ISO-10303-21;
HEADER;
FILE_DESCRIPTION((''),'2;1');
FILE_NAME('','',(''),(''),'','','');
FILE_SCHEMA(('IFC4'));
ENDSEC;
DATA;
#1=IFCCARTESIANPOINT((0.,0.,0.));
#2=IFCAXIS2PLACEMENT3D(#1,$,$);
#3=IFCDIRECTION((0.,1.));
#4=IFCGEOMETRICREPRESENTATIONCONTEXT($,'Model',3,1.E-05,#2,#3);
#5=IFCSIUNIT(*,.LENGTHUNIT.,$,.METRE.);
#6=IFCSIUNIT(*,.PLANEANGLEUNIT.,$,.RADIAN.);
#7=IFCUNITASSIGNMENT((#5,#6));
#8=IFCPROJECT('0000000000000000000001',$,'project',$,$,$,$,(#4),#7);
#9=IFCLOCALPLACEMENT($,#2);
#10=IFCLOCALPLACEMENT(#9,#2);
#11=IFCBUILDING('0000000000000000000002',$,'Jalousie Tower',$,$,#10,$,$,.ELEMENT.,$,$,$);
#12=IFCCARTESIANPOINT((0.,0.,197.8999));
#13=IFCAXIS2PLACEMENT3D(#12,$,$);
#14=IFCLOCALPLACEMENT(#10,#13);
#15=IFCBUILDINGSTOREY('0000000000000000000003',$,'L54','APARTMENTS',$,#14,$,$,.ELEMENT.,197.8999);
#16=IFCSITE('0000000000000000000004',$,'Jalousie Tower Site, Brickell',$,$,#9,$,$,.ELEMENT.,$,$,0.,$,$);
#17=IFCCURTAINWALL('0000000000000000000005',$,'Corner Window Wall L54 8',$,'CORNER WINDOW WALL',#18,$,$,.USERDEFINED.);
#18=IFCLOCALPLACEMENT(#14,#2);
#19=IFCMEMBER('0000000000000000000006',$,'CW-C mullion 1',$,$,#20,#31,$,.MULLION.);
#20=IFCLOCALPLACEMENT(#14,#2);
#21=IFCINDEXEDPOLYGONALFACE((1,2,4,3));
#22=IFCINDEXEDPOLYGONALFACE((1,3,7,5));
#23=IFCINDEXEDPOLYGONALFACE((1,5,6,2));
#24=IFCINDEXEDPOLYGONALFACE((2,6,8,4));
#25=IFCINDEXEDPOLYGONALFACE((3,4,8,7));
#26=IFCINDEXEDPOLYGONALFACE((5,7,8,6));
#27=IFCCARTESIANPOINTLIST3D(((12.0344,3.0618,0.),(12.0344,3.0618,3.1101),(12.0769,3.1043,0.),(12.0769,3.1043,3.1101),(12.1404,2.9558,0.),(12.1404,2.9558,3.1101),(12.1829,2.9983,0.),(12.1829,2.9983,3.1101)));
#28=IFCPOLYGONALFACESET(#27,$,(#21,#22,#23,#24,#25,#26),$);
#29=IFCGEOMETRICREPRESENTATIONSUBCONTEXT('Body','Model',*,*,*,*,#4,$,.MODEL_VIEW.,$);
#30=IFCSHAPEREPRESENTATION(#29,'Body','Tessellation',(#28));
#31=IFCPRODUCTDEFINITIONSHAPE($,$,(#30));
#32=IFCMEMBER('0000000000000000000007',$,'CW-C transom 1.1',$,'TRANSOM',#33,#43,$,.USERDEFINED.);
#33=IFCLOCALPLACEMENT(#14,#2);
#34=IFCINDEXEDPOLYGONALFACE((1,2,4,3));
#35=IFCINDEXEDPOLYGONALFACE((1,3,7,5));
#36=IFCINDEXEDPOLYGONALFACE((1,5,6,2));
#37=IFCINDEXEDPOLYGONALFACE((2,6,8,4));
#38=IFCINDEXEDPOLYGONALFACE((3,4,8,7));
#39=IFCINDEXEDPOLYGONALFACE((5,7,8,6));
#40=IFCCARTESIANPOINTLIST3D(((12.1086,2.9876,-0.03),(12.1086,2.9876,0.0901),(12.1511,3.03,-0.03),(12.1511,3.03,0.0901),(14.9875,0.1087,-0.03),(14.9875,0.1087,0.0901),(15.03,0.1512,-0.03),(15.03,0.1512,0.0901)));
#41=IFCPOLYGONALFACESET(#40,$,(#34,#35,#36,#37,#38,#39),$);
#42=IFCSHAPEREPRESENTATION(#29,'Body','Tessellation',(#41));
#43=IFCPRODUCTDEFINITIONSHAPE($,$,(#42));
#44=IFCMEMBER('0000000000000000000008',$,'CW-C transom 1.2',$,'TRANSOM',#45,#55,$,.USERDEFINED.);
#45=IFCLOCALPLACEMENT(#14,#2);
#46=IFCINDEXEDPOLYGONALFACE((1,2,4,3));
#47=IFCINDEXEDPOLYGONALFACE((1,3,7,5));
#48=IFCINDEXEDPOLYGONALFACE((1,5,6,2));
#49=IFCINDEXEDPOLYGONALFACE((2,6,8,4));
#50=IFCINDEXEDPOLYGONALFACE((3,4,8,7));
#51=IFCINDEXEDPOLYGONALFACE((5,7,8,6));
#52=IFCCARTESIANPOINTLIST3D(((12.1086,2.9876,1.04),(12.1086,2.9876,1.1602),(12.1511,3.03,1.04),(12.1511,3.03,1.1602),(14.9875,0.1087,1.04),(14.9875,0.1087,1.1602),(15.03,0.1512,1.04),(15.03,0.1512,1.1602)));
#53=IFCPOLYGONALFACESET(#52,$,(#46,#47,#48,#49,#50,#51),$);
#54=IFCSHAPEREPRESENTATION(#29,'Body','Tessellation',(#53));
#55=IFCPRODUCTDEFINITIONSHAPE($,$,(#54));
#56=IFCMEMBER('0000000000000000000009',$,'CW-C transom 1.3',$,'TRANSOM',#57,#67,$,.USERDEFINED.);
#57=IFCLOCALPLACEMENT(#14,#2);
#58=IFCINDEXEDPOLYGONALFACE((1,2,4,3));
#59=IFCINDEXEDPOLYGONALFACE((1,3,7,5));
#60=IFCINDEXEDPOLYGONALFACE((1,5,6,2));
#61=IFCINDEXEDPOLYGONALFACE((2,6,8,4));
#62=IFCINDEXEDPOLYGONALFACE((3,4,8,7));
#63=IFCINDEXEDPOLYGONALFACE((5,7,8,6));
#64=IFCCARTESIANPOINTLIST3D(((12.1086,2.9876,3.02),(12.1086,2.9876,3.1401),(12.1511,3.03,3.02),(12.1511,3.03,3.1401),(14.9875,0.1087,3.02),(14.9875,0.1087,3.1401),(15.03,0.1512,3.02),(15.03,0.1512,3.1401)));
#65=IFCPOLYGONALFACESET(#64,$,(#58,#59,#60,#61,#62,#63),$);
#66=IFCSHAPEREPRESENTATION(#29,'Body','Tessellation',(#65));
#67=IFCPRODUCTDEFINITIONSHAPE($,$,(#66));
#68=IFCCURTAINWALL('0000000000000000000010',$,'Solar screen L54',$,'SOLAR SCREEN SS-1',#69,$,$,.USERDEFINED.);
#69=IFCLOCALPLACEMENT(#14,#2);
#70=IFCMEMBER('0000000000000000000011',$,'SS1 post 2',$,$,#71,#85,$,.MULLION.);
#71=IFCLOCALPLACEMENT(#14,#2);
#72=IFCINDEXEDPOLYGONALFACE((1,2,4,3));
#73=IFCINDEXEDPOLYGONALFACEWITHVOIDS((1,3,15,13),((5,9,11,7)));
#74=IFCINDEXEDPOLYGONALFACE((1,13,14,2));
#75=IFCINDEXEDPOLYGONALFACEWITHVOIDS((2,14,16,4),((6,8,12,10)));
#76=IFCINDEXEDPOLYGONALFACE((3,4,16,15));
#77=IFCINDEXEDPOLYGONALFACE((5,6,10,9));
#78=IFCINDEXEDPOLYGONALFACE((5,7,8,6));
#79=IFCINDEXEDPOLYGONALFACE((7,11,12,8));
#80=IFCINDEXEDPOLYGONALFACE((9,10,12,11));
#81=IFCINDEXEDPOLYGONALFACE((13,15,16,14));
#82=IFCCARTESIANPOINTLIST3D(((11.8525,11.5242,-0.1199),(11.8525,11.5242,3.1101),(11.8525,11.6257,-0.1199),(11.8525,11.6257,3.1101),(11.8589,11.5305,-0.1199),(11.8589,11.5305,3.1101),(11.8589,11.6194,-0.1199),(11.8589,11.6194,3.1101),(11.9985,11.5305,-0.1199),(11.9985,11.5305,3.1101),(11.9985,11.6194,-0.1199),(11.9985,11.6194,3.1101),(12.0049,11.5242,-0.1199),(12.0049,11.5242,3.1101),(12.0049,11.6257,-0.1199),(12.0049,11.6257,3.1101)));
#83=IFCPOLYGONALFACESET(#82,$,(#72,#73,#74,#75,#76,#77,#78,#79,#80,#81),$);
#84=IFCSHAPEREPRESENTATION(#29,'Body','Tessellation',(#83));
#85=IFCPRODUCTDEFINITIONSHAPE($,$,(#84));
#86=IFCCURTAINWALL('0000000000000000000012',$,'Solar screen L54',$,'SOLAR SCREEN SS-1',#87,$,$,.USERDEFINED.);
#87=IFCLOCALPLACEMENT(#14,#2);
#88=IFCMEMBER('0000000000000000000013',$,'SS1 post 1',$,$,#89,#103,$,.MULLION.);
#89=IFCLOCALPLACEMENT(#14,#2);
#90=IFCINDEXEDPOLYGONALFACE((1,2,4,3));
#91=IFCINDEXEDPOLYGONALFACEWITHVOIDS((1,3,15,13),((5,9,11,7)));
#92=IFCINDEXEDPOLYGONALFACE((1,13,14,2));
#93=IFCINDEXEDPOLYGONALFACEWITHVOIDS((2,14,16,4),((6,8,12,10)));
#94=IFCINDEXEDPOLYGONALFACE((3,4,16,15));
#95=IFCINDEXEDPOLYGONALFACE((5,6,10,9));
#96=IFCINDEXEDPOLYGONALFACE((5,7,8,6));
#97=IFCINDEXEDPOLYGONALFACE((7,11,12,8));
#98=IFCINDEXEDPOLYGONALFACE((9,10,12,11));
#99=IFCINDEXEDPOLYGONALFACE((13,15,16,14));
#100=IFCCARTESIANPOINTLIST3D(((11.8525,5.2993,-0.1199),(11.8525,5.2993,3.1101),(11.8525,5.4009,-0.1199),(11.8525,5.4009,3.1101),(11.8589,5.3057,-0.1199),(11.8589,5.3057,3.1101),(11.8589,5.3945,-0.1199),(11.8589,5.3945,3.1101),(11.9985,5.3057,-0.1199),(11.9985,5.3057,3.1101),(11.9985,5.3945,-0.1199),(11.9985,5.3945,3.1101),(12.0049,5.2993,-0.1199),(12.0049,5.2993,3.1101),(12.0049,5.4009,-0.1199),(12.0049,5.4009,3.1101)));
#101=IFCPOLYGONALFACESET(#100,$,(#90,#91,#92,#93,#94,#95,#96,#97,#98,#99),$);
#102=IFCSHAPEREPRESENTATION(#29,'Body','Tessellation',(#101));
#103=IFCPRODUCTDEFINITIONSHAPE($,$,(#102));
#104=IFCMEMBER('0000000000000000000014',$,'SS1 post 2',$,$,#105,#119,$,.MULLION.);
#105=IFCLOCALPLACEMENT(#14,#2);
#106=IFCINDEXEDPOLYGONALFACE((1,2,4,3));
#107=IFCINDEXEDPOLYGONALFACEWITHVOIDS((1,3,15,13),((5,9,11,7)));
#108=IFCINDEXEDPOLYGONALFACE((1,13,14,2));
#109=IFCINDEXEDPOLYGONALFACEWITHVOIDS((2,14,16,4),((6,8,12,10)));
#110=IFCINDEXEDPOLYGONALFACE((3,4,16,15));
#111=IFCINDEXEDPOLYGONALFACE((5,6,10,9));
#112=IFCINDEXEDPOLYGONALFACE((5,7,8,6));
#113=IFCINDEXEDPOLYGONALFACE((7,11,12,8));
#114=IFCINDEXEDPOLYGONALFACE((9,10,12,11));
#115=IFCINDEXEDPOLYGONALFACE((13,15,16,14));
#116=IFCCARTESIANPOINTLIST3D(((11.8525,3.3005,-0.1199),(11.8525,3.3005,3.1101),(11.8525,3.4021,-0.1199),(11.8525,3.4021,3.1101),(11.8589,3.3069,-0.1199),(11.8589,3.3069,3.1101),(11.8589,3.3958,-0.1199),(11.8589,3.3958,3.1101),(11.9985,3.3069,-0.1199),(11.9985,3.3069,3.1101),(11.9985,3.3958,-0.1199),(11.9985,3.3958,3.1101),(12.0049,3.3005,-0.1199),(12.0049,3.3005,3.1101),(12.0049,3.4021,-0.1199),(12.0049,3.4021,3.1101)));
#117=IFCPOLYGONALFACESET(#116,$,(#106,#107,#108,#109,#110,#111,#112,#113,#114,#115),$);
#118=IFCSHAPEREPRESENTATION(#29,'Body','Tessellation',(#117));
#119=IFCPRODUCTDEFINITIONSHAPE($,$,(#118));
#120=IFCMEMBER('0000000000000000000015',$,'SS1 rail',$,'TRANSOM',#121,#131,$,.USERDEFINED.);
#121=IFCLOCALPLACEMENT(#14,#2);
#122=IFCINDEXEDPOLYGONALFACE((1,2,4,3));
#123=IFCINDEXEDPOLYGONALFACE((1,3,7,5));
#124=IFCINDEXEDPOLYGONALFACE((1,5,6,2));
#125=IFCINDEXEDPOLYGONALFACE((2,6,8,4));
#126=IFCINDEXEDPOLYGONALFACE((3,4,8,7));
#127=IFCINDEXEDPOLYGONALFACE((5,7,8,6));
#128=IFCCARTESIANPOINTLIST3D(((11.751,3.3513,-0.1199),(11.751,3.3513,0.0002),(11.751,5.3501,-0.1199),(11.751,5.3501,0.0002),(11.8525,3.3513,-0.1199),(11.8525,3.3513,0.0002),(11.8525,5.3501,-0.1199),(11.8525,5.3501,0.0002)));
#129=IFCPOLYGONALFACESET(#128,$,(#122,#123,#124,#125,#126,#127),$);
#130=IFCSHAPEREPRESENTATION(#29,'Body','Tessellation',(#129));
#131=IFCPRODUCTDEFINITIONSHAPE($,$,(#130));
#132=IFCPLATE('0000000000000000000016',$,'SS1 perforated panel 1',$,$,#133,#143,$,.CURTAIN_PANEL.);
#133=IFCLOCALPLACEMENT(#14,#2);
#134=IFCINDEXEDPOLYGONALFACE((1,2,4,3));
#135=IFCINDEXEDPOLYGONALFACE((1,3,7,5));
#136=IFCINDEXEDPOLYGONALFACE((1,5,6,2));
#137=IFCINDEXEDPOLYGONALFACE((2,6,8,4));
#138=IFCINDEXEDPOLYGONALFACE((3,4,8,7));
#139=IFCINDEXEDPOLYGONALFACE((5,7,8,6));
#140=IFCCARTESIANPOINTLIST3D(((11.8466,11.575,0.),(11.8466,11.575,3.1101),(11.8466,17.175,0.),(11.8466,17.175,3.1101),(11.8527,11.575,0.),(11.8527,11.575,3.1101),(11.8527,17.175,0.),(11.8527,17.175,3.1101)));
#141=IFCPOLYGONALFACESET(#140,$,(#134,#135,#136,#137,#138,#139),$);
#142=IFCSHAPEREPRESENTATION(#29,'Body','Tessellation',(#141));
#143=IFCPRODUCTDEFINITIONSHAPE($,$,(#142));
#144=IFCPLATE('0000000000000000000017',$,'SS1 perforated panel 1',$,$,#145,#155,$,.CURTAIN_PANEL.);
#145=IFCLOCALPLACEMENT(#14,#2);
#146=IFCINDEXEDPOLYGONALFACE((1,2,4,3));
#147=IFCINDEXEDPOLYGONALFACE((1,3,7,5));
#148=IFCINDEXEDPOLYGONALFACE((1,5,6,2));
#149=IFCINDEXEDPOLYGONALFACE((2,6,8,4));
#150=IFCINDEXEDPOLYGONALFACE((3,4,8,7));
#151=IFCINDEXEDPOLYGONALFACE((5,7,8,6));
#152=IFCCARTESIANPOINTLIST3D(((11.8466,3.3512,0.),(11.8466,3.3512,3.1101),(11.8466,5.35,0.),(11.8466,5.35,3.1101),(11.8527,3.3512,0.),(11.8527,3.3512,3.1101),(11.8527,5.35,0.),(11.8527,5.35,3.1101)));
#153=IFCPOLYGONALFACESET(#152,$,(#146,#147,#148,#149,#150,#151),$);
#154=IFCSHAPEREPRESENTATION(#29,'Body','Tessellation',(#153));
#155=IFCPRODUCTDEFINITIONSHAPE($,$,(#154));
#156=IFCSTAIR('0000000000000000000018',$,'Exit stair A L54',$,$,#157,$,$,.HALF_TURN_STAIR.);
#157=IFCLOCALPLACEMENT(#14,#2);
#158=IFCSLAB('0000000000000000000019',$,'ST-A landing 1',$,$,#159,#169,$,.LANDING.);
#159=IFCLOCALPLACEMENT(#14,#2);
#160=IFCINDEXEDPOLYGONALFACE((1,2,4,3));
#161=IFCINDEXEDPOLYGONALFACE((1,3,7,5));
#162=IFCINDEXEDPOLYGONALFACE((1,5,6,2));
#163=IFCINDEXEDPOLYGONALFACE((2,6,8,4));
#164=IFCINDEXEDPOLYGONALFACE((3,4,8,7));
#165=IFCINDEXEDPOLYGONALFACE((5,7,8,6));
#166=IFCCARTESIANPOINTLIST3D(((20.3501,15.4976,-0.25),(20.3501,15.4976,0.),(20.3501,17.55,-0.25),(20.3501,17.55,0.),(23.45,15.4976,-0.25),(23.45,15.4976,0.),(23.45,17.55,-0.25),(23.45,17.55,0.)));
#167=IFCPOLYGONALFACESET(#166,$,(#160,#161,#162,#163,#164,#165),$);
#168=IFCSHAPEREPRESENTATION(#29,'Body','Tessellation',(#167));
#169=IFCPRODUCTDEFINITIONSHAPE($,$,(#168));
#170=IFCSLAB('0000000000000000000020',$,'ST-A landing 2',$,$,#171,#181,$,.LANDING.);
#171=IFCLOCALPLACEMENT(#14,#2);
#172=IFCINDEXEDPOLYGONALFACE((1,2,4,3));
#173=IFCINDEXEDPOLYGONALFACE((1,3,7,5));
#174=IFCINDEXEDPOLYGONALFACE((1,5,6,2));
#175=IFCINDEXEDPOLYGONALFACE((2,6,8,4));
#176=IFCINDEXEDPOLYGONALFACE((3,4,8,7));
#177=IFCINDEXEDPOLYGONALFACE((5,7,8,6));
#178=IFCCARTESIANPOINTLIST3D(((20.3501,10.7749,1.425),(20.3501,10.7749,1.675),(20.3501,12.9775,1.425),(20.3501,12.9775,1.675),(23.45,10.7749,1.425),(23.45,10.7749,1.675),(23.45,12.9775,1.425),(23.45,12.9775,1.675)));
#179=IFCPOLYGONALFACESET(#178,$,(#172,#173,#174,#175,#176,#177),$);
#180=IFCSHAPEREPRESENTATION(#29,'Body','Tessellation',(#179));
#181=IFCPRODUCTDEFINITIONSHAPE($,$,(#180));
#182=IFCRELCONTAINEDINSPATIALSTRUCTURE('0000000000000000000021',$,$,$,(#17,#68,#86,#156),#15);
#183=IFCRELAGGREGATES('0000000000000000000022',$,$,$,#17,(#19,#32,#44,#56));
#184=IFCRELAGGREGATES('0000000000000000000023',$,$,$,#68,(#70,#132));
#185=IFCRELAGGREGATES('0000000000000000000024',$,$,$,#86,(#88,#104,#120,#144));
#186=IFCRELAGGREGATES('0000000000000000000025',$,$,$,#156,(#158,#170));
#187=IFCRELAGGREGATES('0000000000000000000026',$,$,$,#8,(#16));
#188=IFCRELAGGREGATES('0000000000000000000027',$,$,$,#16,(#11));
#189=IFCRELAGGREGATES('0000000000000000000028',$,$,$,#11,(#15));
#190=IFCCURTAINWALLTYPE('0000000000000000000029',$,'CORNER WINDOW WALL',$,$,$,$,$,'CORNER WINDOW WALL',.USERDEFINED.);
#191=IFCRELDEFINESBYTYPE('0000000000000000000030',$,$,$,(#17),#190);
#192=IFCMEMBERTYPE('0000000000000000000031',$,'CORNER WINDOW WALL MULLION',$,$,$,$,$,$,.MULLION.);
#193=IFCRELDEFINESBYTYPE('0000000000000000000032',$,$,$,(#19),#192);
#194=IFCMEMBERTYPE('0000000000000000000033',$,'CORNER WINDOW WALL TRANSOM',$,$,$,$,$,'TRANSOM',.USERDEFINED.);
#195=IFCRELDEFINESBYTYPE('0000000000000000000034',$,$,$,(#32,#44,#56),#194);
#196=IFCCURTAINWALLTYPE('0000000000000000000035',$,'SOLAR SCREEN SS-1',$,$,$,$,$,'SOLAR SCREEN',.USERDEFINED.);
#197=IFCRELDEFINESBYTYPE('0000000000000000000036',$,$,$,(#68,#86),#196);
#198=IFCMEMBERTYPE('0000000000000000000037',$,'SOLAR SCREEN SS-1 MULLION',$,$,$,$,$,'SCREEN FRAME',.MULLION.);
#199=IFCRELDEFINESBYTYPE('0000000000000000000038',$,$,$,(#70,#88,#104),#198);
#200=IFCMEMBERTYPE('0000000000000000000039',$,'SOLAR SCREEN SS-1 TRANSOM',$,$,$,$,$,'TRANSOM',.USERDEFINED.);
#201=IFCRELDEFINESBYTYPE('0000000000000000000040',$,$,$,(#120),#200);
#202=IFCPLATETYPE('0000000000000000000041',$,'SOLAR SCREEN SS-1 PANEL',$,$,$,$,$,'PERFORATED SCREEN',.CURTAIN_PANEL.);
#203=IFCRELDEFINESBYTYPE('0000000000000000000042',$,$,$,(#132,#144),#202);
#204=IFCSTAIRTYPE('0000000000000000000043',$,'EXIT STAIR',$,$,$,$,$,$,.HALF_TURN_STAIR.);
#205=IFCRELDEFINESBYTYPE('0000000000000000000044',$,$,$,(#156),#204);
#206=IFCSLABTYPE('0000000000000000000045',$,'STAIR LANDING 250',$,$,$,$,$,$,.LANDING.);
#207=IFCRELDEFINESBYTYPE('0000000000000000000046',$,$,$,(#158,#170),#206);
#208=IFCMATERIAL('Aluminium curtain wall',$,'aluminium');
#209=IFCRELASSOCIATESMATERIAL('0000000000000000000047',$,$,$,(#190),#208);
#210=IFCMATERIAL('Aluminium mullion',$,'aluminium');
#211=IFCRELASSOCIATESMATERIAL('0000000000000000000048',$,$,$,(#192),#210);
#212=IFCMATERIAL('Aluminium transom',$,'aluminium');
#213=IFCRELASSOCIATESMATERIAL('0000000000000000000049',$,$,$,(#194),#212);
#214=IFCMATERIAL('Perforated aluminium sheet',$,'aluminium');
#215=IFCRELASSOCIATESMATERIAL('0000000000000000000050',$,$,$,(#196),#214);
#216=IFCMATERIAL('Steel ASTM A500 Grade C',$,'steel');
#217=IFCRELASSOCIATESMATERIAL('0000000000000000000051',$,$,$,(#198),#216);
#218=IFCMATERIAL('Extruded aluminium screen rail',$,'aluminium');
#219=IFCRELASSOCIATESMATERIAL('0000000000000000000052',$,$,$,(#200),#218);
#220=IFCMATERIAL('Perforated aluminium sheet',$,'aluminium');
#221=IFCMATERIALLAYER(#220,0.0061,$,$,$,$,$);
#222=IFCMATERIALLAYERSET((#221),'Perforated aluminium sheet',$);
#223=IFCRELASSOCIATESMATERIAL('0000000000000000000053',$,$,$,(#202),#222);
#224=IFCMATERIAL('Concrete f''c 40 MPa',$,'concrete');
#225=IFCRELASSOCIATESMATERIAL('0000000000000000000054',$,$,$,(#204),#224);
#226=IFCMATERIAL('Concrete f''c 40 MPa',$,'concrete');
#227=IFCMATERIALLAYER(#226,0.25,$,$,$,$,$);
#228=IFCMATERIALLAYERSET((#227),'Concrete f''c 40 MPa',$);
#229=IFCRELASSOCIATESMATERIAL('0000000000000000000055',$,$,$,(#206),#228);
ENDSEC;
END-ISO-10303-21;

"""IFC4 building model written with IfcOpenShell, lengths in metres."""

from ifc_helpers import new_model, si_unit, direction, frame, origin, origin_2d, place, context, subcontext, project, spatial, polyline, rectangle, hollow_rectangle, outline, extrude, material, layer, layer_set, material_profile, profile_set, type_object, element, aggregate, save


model = new_model("IFC4")

# Units and contexts
model_context = context("Model", 3, precision=1e-05, world=origin(), true_north=direction((0.0, 1.0)))
body_context = subcontext(model_context, "Body", "Model", "MODEL_VIEW")
ifc_project = project(units=[si_unit("LENGTHUNIT", "METRE"), si_unit("PLANEANGLEUNIT", "RADIAN")], contexts=[model_context])

# Site, building, storey
site_placement = place(None, origin())
site = spatial("IfcSite", under=ifc_project, at=site_placement, Name="Jalousie Tower Site, Brickell", CompositionType="ELEMENT", RefElevation=0.0)
building_placement = place(site_placement, origin())
building = spatial("IfcBuilding", under=site, at=building_placement, Name="Jalousie Tower", CompositionType="ELEMENT")
storey_placement = place(building_placement, frame((0.0, 0.0, 197.8999)))
storey = spatial("IfcBuildingStorey", under=building, at=storey_placement, Name="L54", Description="APARTMENTS", CompositionType="ELEMENT", Elevation=197.8999)

# Curtain wall, members
ifc_material_1 = material(Name="Aluminium curtain wall", Category="aluminium")
curtain_wall_type_1 = type_object("IfcCurtainWallType", Name="CORNER WINDOW WALL", ElementType="CORNER WINDOW WALL", PredefinedType="USERDEFINED", material=ifc_material_1)
curtain_wall_1_placement = place(storey_placement, origin())
curtain_wall_1 = element("IfcCurtainWall", 1, at=curtain_wall_1_placement, inside=storey, type_object=curtain_wall_type_1, Name="Corner Window Wall L54 8", ObjectType="CORNER WINDOW WALL", PredefinedType="USERDEFINED")
ifc_material_2 = material(Name="Aluminium mullion", Category="aluminium")
ifc_material_profile_1 = material_profile(ifc_material_2, rectangle(XDim=0.0601, YDim=0.1499, at=origin_2d()), Name="MULLION 60x150")
ifc_profile_set_1 = profile_set([ifc_material_profile_1], Name="Aluminium mullion")
member_type_1 = type_object("IfcMemberType", Name="CORNER WINDOW WALL MULLION", PredefinedType="MULLION", material=ifc_profile_set_1)
member_1_placement = place(storey_placement, frame((12.1086, 3.03, 0.0), z_axis=(0.0, 0.0, 1.0), x_axis=(0.707107, 0.707107, 0.0)))
member_1 = element("IfcMember", 2, at=member_1_placement, type_object=member_type_1, Name="CW-C mullion 1", PredefinedType="MULLION", context=body_context, shape_type="SweptSolid", body=[
    extrude(rectangle(XDim=0.0601, YDim=0.1499, at=origin_2d()), origin(), (0.0, 0.0, 1.0), 3.1101),
])
ifc_material_3 = material(Name="Aluminium transom", Category="aluminium")
ifc_material_profile_2 = material_profile(ifc_material_3, rectangle(XDim=0.0601, YDim=0.1201, at=origin_2d()), Name="TRANSOM 60x120")
ifc_profile_set_2 = profile_set([ifc_material_profile_2], Name="Aluminium transom")
member_type_2 = type_object("IfcMemberType", Name="CORNER WINDOW WALL TRANSOM", ElementType="TRANSOM", PredefinedType="USERDEFINED", material=ifc_profile_set_2)
member_2_placement = place(storey_placement, frame((12.1299, 3.0088, 0.03), z_axis=(0.707107, -0.707107, 0.0), x_axis=(0.707107, 0.707107, 0.0)))
member_2 = element("IfcMember", 3, at=member_2_placement, type_object=member_type_2, Name="CW-C transom 1.1", ObjectType="TRANSOM", PredefinedType="USERDEFINED", context=body_context, shape_type="SweptSolid", body=[
    extrude(rectangle(XDim=0.0601, YDim=0.1201, at=origin_2d()), origin(), (0.0, 0.0, 1.0), 4.0713),
])
member_3_placement = place(storey_placement, frame((12.1299, 3.0088, 1.1001), z_axis=(0.707107, -0.707107, 0.0), x_axis=(0.707107, 0.707107, 0.0)))
member_3 = element("IfcMember", 4, at=member_3_placement, type_object=member_type_2, Name="CW-C transom 1.2", ObjectType="TRANSOM", PredefinedType="USERDEFINED", context=body_context, shape_type="SweptSolid", body=[
    extrude(rectangle(XDim=0.0601, YDim=0.1201, at=origin_2d()), origin(), (0.0, 0.0, 1.0), 4.0713),
])
member_4_placement = place(storey_placement, frame((12.1299, 3.0088, 3.0801), z_axis=(0.707107, -0.707107, 0.0), x_axis=(0.707107, 0.707107, 0.0)))
member_4 = element("IfcMember", 5, at=member_4_placement, type_object=member_type_2, Name="CW-C transom 1.3", ObjectType="TRANSOM", PredefinedType="USERDEFINED", context=body_context, shape_type="SweptSolid", body=[
    extrude(rectangle(XDim=0.0601, YDim=0.1201, at=origin_2d()), origin(), (0.0, 0.0, 1.0), 4.0713),
])
aggregate(curtain_wall_1, [member_1, member_2, member_3, member_4])

# Curtain wall, member
ifc_material_4 = material(Name="Perforated aluminium sheet", Category="aluminium")
curtain_wall_type_2 = type_object("IfcCurtainWallType", Name="SOLAR SCREEN SS-1", ElementType="SOLAR SCREEN", PredefinedType="USERDEFINED", material=ifc_material_4)
curtain_wall_2_placement = place(storey_placement, origin())
curtain_wall_2 = element("IfcCurtainWall", 6, at=curtain_wall_2_placement, inside=storey, type_object=curtain_wall_type_2, Name="Solar screen L54", ObjectType="SOLAR SCREEN SS-1", PredefinedType="USERDEFINED")
ifc_material_5 = material(Name="Steel ASTM A500 Grade C", Category="steel")
ifc_material_profile_3 = material_profile(ifc_material_5, hollow_rectangle(XDim=0.1016, YDim=0.1523, WallThickness=0.0063, at=origin_2d()), Name="HSS6X4X1/4")
ifc_profile_set_3 = profile_set([ifc_material_profile_3], Name="Steel ASTM A500 Grade C")
member_type_3 = type_object("IfcMemberType", Name="SOLAR SCREEN SS-1 MULLION", ElementType="SCREEN FRAME", PredefinedType="MULLION", material=ifc_profile_set_3)
member_5_placement = place(storey_placement, frame((11.9287, 11.575, -0.1199), z_axis=(0.0, 0.0, 1.0), x_axis=(0.0, -1.0, 0.0)))
member_5 = element("IfcMember", 7, at=member_5_placement, type_object=member_type_3, Name="SS1 post 2", PredefinedType="MULLION", context=body_context, shape_type="SweptSolid", body=[
    extrude(hollow_rectangle(XDim=0.1016, YDim=0.1523, WallThickness=0.0063, at=origin_2d()), origin(), (0.0, 0.0, 1.0), 3.23),
])

# Curtain wall, members
curtain_wall_3_placement = place(storey_placement, origin())
curtain_wall_3 = element("IfcCurtainWall", 8, at=curtain_wall_3_placement, inside=storey, type_object=curtain_wall_type_2, Name="Solar screen L54", ObjectType="SOLAR SCREEN SS-1", PredefinedType="USERDEFINED")
member_6_placement = place(storey_placement, frame((11.9287, 5.3501, -0.1199), z_axis=(0.0, 0.0, 1.0), x_axis=(0.0, -1.0, 0.0)))
member_6 = element("IfcMember", 9, at=member_6_placement, type_object=member_type_3, Name="SS1 post 1", PredefinedType="MULLION", context=body_context, shape_type="SweptSolid", body=[
    extrude(hollow_rectangle(XDim=0.1016, YDim=0.1523, WallThickness=0.0063, at=origin_2d()), origin(), (0.0, 0.0, 1.0), 3.23),
])
member_7_placement = place(storey_placement, frame((11.9287, 3.3513, -0.1199), z_axis=(0.0, 0.0, 1.0), x_axis=(0.0, -1.0, 0.0)))
member_7 = element("IfcMember", 10, at=member_7_placement, type_object=member_type_3, Name="SS1 post 2", PredefinedType="MULLION", context=body_context, shape_type="SweptSolid", body=[
    extrude(hollow_rectangle(XDim=0.1016, YDim=0.1523, WallThickness=0.0063, at=origin_2d()), origin(), (0.0, 0.0, 1.0), 3.23),
])
ifc_material_6 = material(Name="Extruded aluminium screen rail", Category="aluminium")
ifc_material_profile_4 = material_profile(ifc_material_6, rectangle(XDim=0.1016, YDim=0.1201, at=origin_2d()), Name="RAIL 102x120")
ifc_profile_set_4 = profile_set([ifc_material_profile_4], Name="Extruded aluminium screen rail")
member_type_4 = type_object("IfcMemberType", Name="SOLAR SCREEN SS-1 TRANSOM", ElementType="TRANSOM", PredefinedType="USERDEFINED", material=ifc_profile_set_4)
member_8_placement = place(storey_placement, frame((11.8018, 5.3501, -0.0598), z_axis=(0.0, -1.0, 0.0), x_axis=(1.0, 0.0, 0.0)))
member_8 = element("IfcMember", 11, at=member_8_placement, type_object=member_type_4, Name="SS1 rail", ObjectType="TRANSOM", PredefinedType="USERDEFINED", context=body_context, shape_type="SweptSolid", body=[
    extrude(rectangle(XDim=0.1016, YDim=0.1201, at=origin_2d()), origin(), (0.0, 0.0, 1.0), 1.9988),
])

# Plates
ifc_material_7 = material(Name="Perforated aluminium sheet", Category="aluminium")
ifc_layer_1 = layer(ifc_material_7, 0.0061)
ifc_layer_set_1 = layer_set([ifc_layer_1], Name="Perforated aluminium sheet")
plate_type = type_object("IfcPlateType", Name="SOLAR SCREEN SS-1 PANEL", ElementType="PERFORATED SCREEN", PredefinedType="CURTAIN_PANEL", material=ifc_layer_set_1)
plate_1_placement = place(storey_placement, frame((11.8496, 14.375, 0.0), z_axis=(0.0, 0.0, 1.0), x_axis=(0.0, -1.0, 0.0)))
plate_1 = element("IfcPlate", 12, at=plate_1_placement, type_object=plate_type, Name="SS1 perforated panel 1", PredefinedType="CURTAIN_PANEL", context=body_context, shape_type="SweptSolid", body=[
    extrude(rectangle(XDim=5.6001, YDim=0.0061, at=origin_2d()), origin(), (0.0, 0.0, 1.0), 3.1101),
])
aggregate(curtain_wall_2, [member_5, plate_1])
plate_2_placement = place(storey_placement, frame((11.8496, 4.3506, 0.0), z_axis=(0.0, 0.0, 1.0), x_axis=(0.0, -1.0, 0.0)))
plate_2 = element("IfcPlate", 13, at=plate_2_placement, type_object=plate_type, Name="SS1 perforated panel 1", PredefinedType="CURTAIN_PANEL", context=body_context, shape_type="SweptSolid", body=[
    extrude(rectangle(XDim=1.9988, YDim=0.0061, at=origin_2d()), origin(), (0.0, 0.0, 1.0), 3.1101),
])
aggregate(curtain_wall_3, [member_6, member_7, member_8, plate_2])

# Stair, slabs
ifc_material_8 = material(Name="Concrete f'c 40 MPa", Category="concrete")
stair_type = type_object("IfcStairType", Name="EXIT STAIR", PredefinedType="HALF_TURN_STAIR", material=ifc_material_8)
stair_1_placement = place(storey_placement, origin())
stair_1 = element("IfcStair", 14, at=stair_1_placement, inside=storey, type_object=stair_type, Name="Exit stair A L54", PredefinedType="HALF_TURN_STAIR")
ifc_material_9 = material(Name="Concrete f'c 40 MPa", Category="concrete")
ifc_layer_2 = layer(ifc_material_9, 0.25)
ifc_layer_set_2 = layer_set([ifc_layer_2], Name="Concrete f'c 40 MPa")
slab_type_1 = type_object("IfcSlabType", Name="STAIR LANDING 250", PredefinedType="LANDING", material=ifc_layer_set_2)
slab_1_placement = place(storey_placement, frame((0.0, 0.0, -0.25)))
slab_1 = element("IfcSlab", 15, at=slab_1_placement, type_object=slab_type_1, Name="ST-A landing 1", PredefinedType="LANDING", context=body_context, shape_type="SweptSolid", body=[
    extrude(outline(polyline([(20.3501, 15.4976), (23.45, 15.4976), (23.45, 17.55), (20.3501, 17.55), (20.3501, 15.4976)])), origin(), (0.0, 0.0, 1.0), 0.25),
])
slab_2_placement = place(storey_placement, frame((0.0, 0.0, 1.425)))
slab_2 = element("IfcSlab", 16, at=slab_2_placement, type_object=slab_type_1, Name="ST-A landing 2", PredefinedType="LANDING", context=body_context, shape_type="SweptSolid", body=[
    extrude(outline(polyline([(20.3501, 10.7749), (23.45, 10.7749), (23.45, 12.9775), (20.3501, 12.9775), (20.3501, 10.7749)])), origin(), (0.0, 0.0, 1.0), 0.25),
])
aggregate(stair_1, [slab_1, slab_2])

save(model, "model.ifc")
